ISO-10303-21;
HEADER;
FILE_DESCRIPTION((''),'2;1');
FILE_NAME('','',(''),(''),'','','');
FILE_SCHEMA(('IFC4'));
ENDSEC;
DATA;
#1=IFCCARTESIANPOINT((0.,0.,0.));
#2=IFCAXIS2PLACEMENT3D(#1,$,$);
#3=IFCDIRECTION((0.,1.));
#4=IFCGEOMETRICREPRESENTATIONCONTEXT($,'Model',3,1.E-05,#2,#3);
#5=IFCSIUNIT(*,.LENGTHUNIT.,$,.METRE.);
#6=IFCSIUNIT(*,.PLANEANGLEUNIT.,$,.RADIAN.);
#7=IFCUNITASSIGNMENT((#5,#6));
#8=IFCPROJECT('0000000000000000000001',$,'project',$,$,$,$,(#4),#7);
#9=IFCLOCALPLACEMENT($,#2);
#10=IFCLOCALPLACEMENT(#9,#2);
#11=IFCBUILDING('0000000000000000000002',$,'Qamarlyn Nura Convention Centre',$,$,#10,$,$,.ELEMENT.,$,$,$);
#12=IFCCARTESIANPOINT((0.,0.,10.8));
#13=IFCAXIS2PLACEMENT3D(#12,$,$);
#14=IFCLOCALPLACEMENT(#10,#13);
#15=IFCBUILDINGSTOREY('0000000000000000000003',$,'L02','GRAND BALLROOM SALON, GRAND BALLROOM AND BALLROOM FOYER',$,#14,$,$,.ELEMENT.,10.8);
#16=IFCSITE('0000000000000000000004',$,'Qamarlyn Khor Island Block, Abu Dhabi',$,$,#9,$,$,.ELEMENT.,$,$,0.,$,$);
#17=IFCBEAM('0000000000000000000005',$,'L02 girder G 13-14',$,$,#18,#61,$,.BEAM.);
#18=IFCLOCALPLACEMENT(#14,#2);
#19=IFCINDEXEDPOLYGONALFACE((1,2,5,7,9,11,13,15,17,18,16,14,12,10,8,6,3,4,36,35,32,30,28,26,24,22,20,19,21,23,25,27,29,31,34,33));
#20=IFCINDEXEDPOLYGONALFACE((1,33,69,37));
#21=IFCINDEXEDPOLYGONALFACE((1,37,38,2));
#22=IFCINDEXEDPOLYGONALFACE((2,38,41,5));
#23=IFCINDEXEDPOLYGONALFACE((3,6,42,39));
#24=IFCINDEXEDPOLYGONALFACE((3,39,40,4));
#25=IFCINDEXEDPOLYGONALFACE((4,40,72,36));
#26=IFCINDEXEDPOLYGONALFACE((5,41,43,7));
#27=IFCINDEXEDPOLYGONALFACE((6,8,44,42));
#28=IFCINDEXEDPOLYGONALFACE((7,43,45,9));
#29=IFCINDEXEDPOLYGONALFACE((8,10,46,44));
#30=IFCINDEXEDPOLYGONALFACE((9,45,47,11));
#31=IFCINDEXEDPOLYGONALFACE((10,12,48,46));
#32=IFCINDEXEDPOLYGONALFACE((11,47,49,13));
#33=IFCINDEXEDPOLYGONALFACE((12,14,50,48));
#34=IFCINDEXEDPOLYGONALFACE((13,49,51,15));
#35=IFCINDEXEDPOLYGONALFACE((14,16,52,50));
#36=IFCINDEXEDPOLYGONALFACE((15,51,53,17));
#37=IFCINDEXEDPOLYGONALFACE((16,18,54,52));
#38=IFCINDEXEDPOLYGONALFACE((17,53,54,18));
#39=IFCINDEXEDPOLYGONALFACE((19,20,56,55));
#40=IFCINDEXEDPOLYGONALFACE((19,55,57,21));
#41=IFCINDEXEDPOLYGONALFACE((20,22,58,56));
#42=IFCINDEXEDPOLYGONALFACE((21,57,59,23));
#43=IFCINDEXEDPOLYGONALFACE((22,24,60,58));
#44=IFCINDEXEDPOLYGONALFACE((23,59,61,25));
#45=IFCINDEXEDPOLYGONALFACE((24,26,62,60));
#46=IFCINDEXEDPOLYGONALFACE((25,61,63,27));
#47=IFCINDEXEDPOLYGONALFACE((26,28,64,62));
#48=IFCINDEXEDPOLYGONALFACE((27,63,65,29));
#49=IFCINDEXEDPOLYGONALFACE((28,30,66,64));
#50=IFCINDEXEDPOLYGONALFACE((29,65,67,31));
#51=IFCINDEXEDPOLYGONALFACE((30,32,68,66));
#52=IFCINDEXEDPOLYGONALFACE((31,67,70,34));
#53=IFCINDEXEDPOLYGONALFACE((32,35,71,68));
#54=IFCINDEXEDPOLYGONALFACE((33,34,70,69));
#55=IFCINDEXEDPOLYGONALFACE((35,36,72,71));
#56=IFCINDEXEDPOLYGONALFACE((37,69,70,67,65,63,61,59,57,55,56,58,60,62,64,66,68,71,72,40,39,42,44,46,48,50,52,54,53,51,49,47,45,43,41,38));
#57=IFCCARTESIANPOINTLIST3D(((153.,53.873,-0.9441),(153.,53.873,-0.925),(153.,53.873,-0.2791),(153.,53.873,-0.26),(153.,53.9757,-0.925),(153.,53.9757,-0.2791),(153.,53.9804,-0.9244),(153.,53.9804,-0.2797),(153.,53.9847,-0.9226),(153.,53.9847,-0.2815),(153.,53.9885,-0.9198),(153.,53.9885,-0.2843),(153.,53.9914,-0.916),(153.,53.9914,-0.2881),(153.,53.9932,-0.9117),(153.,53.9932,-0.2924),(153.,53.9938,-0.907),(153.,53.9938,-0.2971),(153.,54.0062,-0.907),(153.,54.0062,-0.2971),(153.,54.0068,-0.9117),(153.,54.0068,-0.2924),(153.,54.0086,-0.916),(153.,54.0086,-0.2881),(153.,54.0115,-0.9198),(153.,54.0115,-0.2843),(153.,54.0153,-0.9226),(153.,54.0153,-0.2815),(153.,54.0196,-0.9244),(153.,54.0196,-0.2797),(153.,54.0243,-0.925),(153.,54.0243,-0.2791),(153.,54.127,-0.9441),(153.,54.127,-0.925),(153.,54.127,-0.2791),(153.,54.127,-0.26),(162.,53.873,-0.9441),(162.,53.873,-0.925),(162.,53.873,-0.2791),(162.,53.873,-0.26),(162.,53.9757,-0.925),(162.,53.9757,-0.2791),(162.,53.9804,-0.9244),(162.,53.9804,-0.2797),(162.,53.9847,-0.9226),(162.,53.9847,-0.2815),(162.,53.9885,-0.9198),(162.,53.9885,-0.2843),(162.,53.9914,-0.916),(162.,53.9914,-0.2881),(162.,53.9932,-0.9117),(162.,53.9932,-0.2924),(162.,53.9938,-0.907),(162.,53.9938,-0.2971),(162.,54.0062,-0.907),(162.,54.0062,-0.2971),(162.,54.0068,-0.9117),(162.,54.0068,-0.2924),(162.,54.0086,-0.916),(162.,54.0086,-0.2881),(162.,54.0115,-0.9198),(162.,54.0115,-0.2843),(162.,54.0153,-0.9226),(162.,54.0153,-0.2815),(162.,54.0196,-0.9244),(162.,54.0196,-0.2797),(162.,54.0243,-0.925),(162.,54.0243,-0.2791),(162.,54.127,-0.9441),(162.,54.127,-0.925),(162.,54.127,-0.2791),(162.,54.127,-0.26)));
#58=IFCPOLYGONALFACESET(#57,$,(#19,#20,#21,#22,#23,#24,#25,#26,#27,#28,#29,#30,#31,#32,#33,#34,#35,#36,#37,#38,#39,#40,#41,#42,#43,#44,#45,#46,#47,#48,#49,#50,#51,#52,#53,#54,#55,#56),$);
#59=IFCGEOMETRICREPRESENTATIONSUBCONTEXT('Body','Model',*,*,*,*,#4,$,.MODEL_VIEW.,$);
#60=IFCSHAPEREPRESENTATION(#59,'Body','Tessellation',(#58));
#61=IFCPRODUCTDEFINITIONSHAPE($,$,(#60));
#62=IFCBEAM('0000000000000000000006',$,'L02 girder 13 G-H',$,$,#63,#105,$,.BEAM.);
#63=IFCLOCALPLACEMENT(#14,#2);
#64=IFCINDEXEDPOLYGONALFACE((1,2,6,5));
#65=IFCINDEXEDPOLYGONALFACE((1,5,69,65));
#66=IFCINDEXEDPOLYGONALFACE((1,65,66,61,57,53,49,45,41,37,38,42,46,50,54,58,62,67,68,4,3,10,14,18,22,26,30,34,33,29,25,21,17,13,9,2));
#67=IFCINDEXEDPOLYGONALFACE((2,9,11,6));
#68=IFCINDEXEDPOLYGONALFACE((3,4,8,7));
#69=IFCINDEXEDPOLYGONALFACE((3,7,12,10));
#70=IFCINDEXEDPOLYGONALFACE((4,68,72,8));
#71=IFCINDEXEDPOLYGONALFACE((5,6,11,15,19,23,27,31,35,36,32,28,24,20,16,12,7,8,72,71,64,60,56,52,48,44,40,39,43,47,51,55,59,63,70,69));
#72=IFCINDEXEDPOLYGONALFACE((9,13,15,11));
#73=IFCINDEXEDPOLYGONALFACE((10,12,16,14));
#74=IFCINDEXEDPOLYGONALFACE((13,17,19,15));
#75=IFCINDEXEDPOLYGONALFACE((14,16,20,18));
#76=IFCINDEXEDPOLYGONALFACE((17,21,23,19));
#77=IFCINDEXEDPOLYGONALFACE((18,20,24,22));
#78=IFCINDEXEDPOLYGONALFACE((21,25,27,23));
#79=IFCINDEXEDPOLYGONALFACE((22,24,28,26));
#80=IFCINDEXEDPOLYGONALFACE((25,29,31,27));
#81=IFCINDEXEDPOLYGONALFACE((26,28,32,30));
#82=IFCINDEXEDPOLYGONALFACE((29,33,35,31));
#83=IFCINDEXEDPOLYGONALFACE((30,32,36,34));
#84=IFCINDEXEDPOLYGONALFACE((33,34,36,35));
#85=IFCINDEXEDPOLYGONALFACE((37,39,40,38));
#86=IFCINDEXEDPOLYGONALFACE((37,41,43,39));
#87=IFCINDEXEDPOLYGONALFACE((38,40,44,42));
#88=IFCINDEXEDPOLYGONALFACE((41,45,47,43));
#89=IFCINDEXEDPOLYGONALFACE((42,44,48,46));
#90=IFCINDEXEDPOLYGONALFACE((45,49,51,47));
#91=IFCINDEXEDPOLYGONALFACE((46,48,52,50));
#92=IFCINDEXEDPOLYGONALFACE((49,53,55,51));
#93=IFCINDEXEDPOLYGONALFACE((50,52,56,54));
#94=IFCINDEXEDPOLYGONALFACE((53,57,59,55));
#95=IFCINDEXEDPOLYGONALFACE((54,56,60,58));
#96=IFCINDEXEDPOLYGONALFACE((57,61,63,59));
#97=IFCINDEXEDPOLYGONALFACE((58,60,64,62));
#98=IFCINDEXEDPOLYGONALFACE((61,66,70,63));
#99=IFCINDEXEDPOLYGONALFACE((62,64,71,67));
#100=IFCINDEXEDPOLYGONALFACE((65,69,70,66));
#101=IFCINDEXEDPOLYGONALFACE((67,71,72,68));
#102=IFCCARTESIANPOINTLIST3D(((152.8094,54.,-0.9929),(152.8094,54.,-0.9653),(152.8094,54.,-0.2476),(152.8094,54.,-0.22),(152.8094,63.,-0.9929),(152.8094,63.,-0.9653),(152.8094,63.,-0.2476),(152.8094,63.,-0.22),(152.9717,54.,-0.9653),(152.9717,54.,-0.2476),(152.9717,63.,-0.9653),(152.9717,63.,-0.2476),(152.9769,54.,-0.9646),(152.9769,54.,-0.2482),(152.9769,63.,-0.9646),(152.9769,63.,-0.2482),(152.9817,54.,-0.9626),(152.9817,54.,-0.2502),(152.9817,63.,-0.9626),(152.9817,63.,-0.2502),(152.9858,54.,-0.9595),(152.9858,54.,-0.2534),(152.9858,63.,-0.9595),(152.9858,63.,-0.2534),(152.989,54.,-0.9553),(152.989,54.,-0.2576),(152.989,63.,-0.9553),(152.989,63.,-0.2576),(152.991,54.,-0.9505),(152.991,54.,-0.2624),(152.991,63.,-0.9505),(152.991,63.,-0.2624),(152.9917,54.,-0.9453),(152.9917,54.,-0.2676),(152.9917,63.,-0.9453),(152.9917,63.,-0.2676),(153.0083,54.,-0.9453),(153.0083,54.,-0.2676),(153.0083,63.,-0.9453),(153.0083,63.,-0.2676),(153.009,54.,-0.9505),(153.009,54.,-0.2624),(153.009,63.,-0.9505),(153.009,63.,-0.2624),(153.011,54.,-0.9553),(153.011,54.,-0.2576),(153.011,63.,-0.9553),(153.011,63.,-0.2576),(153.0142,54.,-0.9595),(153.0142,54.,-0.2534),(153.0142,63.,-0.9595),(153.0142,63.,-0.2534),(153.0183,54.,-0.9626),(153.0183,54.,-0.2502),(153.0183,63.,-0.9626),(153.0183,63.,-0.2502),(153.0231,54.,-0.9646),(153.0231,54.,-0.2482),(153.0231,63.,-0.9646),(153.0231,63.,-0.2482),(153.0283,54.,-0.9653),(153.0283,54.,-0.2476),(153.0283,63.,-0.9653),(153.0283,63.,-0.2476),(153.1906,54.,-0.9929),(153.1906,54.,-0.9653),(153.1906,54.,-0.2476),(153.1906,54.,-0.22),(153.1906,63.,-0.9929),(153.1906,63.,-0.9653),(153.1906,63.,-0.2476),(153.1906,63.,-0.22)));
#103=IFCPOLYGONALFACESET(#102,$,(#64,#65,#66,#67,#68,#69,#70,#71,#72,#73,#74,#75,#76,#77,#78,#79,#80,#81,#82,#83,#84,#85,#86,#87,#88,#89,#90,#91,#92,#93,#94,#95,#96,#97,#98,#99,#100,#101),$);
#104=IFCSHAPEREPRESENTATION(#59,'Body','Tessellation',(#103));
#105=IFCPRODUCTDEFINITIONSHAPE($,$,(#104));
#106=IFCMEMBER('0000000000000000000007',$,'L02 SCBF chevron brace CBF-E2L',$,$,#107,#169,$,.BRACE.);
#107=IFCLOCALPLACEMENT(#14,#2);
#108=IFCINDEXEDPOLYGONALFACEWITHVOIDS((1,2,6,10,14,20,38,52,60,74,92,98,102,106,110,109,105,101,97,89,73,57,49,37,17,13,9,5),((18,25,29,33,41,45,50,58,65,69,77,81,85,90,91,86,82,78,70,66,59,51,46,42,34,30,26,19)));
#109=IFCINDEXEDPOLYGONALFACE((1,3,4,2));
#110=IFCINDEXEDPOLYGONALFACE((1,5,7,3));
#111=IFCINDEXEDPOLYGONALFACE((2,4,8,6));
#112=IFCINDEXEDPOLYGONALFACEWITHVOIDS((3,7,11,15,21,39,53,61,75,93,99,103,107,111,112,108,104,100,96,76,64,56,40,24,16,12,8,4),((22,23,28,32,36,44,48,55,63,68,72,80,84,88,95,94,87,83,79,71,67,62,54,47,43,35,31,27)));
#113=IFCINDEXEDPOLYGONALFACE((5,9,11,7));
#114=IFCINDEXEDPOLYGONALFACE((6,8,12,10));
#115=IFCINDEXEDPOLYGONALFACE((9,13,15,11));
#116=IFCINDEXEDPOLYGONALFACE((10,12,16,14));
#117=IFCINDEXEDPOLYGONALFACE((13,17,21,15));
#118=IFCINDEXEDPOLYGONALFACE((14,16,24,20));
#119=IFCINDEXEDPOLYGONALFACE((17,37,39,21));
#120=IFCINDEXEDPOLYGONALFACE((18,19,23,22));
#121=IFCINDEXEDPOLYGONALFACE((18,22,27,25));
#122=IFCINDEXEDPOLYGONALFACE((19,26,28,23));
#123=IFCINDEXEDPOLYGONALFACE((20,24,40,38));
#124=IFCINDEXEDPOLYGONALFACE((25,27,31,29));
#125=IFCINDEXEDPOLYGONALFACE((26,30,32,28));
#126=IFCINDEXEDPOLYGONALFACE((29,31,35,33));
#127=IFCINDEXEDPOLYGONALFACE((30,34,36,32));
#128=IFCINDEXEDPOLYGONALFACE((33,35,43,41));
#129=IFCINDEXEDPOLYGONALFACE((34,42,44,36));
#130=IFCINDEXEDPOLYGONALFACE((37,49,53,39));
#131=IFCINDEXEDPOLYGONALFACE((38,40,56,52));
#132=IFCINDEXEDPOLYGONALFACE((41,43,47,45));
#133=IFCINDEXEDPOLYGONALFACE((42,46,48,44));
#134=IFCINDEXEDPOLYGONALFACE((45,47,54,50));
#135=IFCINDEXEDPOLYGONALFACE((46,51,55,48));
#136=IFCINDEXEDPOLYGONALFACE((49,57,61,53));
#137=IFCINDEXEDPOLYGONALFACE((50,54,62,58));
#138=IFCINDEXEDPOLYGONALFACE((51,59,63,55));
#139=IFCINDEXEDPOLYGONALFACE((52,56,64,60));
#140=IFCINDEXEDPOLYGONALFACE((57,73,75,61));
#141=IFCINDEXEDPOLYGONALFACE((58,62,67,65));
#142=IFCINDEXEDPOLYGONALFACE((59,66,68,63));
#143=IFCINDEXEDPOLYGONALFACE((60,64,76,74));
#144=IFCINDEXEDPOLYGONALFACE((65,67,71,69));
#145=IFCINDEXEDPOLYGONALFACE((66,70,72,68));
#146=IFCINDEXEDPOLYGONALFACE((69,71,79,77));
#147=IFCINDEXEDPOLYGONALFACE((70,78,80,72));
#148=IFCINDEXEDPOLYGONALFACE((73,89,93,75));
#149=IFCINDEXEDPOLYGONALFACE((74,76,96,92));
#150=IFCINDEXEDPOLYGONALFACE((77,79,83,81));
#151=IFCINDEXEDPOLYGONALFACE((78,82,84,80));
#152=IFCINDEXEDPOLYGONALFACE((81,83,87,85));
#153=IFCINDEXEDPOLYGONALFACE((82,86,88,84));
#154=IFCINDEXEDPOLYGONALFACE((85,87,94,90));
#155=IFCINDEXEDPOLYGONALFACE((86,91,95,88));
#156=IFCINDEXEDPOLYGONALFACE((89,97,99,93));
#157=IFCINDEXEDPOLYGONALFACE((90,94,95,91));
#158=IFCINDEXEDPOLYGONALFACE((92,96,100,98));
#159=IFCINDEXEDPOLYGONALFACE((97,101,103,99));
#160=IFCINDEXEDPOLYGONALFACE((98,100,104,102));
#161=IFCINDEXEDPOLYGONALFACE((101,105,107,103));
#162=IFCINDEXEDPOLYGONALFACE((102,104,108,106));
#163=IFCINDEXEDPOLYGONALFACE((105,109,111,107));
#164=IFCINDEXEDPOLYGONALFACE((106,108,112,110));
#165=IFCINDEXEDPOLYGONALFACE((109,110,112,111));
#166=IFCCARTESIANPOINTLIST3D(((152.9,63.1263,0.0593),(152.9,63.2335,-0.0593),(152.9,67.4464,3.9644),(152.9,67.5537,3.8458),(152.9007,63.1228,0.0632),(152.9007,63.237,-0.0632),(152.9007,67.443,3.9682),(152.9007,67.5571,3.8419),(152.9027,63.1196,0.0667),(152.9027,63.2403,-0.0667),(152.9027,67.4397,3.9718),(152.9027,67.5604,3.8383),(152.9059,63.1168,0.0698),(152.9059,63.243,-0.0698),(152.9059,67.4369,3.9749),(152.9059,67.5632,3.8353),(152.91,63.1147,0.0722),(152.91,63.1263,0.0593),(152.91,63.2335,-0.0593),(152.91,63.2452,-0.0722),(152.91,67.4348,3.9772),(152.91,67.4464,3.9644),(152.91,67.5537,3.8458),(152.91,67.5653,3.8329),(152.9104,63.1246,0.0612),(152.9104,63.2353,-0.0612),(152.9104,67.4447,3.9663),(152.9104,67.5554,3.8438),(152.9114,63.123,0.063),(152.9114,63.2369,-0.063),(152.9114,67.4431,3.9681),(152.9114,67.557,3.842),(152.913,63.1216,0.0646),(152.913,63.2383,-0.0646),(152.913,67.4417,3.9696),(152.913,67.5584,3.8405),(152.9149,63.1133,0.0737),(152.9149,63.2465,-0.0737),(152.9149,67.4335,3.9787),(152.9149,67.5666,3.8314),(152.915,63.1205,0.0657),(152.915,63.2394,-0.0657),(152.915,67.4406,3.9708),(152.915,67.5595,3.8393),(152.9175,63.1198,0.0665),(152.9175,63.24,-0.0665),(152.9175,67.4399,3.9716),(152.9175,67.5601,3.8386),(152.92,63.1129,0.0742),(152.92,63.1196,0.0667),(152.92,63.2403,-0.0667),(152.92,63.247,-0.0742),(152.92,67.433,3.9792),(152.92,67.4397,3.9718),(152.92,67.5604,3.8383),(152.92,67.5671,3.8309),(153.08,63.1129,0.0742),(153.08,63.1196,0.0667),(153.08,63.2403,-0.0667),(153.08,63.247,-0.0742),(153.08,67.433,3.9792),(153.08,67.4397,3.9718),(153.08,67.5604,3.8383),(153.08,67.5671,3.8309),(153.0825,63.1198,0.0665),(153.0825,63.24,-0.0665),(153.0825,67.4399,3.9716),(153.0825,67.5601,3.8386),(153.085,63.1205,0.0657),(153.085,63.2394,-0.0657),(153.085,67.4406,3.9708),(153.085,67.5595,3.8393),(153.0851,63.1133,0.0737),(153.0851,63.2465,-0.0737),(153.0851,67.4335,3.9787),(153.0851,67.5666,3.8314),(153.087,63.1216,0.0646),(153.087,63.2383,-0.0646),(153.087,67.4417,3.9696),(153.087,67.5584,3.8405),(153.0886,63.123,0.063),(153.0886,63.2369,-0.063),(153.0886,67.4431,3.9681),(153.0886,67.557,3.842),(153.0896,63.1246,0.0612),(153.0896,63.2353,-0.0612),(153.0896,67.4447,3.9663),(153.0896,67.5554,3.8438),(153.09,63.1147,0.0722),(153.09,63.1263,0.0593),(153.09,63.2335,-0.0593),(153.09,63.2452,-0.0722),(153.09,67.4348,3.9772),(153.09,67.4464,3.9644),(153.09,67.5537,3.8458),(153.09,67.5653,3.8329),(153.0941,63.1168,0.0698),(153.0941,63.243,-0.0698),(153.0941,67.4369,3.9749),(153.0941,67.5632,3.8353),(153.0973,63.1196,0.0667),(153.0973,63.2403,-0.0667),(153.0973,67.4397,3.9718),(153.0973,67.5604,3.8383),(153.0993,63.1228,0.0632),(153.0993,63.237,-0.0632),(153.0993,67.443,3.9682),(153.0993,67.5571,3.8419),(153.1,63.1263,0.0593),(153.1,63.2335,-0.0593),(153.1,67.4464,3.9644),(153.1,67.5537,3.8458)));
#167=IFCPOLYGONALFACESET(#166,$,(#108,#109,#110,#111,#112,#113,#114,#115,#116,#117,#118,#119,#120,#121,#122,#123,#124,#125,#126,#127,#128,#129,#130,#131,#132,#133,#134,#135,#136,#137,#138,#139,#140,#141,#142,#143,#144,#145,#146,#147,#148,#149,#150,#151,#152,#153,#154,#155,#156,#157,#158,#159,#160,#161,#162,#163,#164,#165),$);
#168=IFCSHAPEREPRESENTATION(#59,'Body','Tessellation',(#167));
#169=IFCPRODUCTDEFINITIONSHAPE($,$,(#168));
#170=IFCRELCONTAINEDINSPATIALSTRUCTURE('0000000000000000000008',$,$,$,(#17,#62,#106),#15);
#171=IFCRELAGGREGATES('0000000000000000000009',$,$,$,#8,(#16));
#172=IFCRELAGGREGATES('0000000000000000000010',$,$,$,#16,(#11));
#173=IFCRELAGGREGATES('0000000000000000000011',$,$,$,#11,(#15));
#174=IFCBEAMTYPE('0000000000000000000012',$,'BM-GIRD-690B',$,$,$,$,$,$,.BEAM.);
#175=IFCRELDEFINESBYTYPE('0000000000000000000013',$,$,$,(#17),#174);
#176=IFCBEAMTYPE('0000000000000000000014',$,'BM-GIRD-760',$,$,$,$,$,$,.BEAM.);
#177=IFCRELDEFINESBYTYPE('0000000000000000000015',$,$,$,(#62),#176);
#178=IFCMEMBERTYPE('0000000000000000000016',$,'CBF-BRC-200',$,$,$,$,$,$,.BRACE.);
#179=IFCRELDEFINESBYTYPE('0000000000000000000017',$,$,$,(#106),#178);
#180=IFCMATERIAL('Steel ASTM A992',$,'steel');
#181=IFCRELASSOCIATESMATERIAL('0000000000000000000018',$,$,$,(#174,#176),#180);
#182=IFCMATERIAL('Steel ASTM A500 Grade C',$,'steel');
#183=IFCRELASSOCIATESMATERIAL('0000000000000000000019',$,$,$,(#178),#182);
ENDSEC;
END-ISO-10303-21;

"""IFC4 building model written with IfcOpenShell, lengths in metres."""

from ifc_helpers import new_model, si_unit, direction, frame, origin, origin_2d, place, context, subcontext, project, spatial, hollow_rectangle, i_section, extrude, material, material_profile, profile_set, type_object, element, save


model = new_model("IFC4")

# Units and contexts
model_context = context("Model", 3, precision=1e-05, world=origin(), true_north=direction((0.0, 1.0)))
body_context = subcontext(model_context, "Body", "Model", "MODEL_VIEW")
ifc_project = project(units=[si_unit("LENGTHUNIT", "METRE"), si_unit("PLANEANGLEUNIT", "RADIAN")], contexts=[model_context])

# Site, building, storey
site_placement = place(None, origin())
site = spatial("IfcSite", under=ifc_project, at=site_placement, Name="Qamarlyn Khor Island Block, Abu Dhabi", CompositionType="ELEMENT", RefElevation=0.0)
building_placement = place(site_placement, origin())
building = spatial("IfcBuilding", under=site, at=building_placement, Name="Qamarlyn Nura Convention Centre", CompositionType="ELEMENT")
storey_placement = place(building_placement, frame((0.0, 0.0, 10.8)))
storey = spatial("IfcBuildingStorey", under=building, at=storey_placement, Name="L02", Description="GRAND BALLROOM SALON, GRAND BALLROOM AND BALLROOM FOYER", CompositionType="ELEMENT", Elevation=10.8)

# Shared definitions
ifc_material_1 = material(Name="Steel ASTM A500 Grade C", Category="steel")
ifc_material_2 = material(Name="Steel ASTM A992", Category="steel")

# Beams
ifc_material_profile_1 = material_profile(ifc_material_2, i_section(OverallWidth=0.2539, OverallDepth=0.6841, WebThickness=0.0125, FlangeThickness=0.019, FilletRadius=0.0181, at=origin_2d()), Name="W690X140")
ifc_profile_set_1 = profile_set([ifc_material_profile_1], Name="Steel ASTM A992")
beam_type_1 = type_object("IfcBeamType", Name="BM-GIRD-690B", PredefinedType="BEAM", material=ifc_profile_set_1)
beam_1_placement = place(storey_placement, frame((153.0, 54.0, -0.6021), z_axis=(1.0, 0.0, 0.0), x_axis=(0.0, 1.0, 0.0)))
element("IfcBeam", 1, at=beam_1_placement, inside=storey, type_object=beam_type_1, Name="L02 girder G 13-14", PredefinedType="BEAM", context=body_context, shape_type="SweptSolid", body=[
    extrude(i_section(OverallWidth=0.2539, OverallDepth=0.6841, WebThickness=0.0125, FlangeThickness=0.019, FilletRadius=0.0181, at=origin_2d()), origin(), (0.0, 0.0, 1.0), 9.0),
])
ifc_material_profile_2 = material_profile(ifc_material_2, i_section(OverallWidth=0.3811, OverallDepth=0.7729, WebThickness=0.0166, FlangeThickness=0.0276, FilletRadius=0.02, at=origin_2d()), Name="W760X257")
ifc_profile_set_2 = profile_set([ifc_material_profile_2], Name="Steel ASTM A992")
beam_type_2 = type_object("IfcBeamType", Name="BM-GIRD-760", PredefinedType="BEAM", material=ifc_profile_set_2)
beam_2_placement = place(storey_placement, frame((153.0, 54.0, -0.6064), z_axis=(0.0, 1.0, 0.0), x_axis=(-1.0, 0.0, 0.0)))
element("IfcBeam", 2, at=beam_2_placement, inside=storey, type_object=beam_type_2, Name="L02 girder 13 G-H", PredefinedType="BEAM", context=body_context, shape_type="SweptSolid", body=[
    extrude(i_section(OverallWidth=0.3811, OverallDepth=0.7729, WebThickness=0.0166, FlangeThickness=0.0276, FilletRadius=0.02, at=origin_2d()), origin(), (0.0, 0.0, 1.0), 9.0),
])

# Member
ifc_material_profile_3 = material_profile(ifc_material_1, hollow_rectangle(XDim=0.2, YDim=0.2, WallThickness=0.01, InnerFilletRadius=0.01, OuterFilletRadius=0.02, at=origin_2d()), Name="HSS200X200X10")
ifc_profile_set_3 = profile_set([ifc_material_profile_3], Name="Steel ASTM A500 Grade C")
member_type = type_object("IfcMemberType", Name="CBF-BRC-200", PredefinedType="BRACE", material=ifc_profile_set_3)
member_placement = place(storey_placement, frame((153.0, 63.1799, 0.0), z_axis=(0.0, 0.741844, 0.670573), x_axis=(-1.0, 0.0, 0.0)))
element("IfcMember", 3, at=member_placement, inside=storey, type_object=member_type, Name="L02 SCBF chevron brace CBF-E2L", PredefinedType="BRACE", context=body_context, shape_type="SweptSolid", body=[
    extrude(hollow_rectangle(XDim=0.2, YDim=0.2, WallThickness=0.01, InnerFilletRadius=0.01, OuterFilletRadius=0.02, at=origin_2d()), origin(), (0.0, 0.0, 1.0), 5.8235),
])

save(model, "model.ifc")
